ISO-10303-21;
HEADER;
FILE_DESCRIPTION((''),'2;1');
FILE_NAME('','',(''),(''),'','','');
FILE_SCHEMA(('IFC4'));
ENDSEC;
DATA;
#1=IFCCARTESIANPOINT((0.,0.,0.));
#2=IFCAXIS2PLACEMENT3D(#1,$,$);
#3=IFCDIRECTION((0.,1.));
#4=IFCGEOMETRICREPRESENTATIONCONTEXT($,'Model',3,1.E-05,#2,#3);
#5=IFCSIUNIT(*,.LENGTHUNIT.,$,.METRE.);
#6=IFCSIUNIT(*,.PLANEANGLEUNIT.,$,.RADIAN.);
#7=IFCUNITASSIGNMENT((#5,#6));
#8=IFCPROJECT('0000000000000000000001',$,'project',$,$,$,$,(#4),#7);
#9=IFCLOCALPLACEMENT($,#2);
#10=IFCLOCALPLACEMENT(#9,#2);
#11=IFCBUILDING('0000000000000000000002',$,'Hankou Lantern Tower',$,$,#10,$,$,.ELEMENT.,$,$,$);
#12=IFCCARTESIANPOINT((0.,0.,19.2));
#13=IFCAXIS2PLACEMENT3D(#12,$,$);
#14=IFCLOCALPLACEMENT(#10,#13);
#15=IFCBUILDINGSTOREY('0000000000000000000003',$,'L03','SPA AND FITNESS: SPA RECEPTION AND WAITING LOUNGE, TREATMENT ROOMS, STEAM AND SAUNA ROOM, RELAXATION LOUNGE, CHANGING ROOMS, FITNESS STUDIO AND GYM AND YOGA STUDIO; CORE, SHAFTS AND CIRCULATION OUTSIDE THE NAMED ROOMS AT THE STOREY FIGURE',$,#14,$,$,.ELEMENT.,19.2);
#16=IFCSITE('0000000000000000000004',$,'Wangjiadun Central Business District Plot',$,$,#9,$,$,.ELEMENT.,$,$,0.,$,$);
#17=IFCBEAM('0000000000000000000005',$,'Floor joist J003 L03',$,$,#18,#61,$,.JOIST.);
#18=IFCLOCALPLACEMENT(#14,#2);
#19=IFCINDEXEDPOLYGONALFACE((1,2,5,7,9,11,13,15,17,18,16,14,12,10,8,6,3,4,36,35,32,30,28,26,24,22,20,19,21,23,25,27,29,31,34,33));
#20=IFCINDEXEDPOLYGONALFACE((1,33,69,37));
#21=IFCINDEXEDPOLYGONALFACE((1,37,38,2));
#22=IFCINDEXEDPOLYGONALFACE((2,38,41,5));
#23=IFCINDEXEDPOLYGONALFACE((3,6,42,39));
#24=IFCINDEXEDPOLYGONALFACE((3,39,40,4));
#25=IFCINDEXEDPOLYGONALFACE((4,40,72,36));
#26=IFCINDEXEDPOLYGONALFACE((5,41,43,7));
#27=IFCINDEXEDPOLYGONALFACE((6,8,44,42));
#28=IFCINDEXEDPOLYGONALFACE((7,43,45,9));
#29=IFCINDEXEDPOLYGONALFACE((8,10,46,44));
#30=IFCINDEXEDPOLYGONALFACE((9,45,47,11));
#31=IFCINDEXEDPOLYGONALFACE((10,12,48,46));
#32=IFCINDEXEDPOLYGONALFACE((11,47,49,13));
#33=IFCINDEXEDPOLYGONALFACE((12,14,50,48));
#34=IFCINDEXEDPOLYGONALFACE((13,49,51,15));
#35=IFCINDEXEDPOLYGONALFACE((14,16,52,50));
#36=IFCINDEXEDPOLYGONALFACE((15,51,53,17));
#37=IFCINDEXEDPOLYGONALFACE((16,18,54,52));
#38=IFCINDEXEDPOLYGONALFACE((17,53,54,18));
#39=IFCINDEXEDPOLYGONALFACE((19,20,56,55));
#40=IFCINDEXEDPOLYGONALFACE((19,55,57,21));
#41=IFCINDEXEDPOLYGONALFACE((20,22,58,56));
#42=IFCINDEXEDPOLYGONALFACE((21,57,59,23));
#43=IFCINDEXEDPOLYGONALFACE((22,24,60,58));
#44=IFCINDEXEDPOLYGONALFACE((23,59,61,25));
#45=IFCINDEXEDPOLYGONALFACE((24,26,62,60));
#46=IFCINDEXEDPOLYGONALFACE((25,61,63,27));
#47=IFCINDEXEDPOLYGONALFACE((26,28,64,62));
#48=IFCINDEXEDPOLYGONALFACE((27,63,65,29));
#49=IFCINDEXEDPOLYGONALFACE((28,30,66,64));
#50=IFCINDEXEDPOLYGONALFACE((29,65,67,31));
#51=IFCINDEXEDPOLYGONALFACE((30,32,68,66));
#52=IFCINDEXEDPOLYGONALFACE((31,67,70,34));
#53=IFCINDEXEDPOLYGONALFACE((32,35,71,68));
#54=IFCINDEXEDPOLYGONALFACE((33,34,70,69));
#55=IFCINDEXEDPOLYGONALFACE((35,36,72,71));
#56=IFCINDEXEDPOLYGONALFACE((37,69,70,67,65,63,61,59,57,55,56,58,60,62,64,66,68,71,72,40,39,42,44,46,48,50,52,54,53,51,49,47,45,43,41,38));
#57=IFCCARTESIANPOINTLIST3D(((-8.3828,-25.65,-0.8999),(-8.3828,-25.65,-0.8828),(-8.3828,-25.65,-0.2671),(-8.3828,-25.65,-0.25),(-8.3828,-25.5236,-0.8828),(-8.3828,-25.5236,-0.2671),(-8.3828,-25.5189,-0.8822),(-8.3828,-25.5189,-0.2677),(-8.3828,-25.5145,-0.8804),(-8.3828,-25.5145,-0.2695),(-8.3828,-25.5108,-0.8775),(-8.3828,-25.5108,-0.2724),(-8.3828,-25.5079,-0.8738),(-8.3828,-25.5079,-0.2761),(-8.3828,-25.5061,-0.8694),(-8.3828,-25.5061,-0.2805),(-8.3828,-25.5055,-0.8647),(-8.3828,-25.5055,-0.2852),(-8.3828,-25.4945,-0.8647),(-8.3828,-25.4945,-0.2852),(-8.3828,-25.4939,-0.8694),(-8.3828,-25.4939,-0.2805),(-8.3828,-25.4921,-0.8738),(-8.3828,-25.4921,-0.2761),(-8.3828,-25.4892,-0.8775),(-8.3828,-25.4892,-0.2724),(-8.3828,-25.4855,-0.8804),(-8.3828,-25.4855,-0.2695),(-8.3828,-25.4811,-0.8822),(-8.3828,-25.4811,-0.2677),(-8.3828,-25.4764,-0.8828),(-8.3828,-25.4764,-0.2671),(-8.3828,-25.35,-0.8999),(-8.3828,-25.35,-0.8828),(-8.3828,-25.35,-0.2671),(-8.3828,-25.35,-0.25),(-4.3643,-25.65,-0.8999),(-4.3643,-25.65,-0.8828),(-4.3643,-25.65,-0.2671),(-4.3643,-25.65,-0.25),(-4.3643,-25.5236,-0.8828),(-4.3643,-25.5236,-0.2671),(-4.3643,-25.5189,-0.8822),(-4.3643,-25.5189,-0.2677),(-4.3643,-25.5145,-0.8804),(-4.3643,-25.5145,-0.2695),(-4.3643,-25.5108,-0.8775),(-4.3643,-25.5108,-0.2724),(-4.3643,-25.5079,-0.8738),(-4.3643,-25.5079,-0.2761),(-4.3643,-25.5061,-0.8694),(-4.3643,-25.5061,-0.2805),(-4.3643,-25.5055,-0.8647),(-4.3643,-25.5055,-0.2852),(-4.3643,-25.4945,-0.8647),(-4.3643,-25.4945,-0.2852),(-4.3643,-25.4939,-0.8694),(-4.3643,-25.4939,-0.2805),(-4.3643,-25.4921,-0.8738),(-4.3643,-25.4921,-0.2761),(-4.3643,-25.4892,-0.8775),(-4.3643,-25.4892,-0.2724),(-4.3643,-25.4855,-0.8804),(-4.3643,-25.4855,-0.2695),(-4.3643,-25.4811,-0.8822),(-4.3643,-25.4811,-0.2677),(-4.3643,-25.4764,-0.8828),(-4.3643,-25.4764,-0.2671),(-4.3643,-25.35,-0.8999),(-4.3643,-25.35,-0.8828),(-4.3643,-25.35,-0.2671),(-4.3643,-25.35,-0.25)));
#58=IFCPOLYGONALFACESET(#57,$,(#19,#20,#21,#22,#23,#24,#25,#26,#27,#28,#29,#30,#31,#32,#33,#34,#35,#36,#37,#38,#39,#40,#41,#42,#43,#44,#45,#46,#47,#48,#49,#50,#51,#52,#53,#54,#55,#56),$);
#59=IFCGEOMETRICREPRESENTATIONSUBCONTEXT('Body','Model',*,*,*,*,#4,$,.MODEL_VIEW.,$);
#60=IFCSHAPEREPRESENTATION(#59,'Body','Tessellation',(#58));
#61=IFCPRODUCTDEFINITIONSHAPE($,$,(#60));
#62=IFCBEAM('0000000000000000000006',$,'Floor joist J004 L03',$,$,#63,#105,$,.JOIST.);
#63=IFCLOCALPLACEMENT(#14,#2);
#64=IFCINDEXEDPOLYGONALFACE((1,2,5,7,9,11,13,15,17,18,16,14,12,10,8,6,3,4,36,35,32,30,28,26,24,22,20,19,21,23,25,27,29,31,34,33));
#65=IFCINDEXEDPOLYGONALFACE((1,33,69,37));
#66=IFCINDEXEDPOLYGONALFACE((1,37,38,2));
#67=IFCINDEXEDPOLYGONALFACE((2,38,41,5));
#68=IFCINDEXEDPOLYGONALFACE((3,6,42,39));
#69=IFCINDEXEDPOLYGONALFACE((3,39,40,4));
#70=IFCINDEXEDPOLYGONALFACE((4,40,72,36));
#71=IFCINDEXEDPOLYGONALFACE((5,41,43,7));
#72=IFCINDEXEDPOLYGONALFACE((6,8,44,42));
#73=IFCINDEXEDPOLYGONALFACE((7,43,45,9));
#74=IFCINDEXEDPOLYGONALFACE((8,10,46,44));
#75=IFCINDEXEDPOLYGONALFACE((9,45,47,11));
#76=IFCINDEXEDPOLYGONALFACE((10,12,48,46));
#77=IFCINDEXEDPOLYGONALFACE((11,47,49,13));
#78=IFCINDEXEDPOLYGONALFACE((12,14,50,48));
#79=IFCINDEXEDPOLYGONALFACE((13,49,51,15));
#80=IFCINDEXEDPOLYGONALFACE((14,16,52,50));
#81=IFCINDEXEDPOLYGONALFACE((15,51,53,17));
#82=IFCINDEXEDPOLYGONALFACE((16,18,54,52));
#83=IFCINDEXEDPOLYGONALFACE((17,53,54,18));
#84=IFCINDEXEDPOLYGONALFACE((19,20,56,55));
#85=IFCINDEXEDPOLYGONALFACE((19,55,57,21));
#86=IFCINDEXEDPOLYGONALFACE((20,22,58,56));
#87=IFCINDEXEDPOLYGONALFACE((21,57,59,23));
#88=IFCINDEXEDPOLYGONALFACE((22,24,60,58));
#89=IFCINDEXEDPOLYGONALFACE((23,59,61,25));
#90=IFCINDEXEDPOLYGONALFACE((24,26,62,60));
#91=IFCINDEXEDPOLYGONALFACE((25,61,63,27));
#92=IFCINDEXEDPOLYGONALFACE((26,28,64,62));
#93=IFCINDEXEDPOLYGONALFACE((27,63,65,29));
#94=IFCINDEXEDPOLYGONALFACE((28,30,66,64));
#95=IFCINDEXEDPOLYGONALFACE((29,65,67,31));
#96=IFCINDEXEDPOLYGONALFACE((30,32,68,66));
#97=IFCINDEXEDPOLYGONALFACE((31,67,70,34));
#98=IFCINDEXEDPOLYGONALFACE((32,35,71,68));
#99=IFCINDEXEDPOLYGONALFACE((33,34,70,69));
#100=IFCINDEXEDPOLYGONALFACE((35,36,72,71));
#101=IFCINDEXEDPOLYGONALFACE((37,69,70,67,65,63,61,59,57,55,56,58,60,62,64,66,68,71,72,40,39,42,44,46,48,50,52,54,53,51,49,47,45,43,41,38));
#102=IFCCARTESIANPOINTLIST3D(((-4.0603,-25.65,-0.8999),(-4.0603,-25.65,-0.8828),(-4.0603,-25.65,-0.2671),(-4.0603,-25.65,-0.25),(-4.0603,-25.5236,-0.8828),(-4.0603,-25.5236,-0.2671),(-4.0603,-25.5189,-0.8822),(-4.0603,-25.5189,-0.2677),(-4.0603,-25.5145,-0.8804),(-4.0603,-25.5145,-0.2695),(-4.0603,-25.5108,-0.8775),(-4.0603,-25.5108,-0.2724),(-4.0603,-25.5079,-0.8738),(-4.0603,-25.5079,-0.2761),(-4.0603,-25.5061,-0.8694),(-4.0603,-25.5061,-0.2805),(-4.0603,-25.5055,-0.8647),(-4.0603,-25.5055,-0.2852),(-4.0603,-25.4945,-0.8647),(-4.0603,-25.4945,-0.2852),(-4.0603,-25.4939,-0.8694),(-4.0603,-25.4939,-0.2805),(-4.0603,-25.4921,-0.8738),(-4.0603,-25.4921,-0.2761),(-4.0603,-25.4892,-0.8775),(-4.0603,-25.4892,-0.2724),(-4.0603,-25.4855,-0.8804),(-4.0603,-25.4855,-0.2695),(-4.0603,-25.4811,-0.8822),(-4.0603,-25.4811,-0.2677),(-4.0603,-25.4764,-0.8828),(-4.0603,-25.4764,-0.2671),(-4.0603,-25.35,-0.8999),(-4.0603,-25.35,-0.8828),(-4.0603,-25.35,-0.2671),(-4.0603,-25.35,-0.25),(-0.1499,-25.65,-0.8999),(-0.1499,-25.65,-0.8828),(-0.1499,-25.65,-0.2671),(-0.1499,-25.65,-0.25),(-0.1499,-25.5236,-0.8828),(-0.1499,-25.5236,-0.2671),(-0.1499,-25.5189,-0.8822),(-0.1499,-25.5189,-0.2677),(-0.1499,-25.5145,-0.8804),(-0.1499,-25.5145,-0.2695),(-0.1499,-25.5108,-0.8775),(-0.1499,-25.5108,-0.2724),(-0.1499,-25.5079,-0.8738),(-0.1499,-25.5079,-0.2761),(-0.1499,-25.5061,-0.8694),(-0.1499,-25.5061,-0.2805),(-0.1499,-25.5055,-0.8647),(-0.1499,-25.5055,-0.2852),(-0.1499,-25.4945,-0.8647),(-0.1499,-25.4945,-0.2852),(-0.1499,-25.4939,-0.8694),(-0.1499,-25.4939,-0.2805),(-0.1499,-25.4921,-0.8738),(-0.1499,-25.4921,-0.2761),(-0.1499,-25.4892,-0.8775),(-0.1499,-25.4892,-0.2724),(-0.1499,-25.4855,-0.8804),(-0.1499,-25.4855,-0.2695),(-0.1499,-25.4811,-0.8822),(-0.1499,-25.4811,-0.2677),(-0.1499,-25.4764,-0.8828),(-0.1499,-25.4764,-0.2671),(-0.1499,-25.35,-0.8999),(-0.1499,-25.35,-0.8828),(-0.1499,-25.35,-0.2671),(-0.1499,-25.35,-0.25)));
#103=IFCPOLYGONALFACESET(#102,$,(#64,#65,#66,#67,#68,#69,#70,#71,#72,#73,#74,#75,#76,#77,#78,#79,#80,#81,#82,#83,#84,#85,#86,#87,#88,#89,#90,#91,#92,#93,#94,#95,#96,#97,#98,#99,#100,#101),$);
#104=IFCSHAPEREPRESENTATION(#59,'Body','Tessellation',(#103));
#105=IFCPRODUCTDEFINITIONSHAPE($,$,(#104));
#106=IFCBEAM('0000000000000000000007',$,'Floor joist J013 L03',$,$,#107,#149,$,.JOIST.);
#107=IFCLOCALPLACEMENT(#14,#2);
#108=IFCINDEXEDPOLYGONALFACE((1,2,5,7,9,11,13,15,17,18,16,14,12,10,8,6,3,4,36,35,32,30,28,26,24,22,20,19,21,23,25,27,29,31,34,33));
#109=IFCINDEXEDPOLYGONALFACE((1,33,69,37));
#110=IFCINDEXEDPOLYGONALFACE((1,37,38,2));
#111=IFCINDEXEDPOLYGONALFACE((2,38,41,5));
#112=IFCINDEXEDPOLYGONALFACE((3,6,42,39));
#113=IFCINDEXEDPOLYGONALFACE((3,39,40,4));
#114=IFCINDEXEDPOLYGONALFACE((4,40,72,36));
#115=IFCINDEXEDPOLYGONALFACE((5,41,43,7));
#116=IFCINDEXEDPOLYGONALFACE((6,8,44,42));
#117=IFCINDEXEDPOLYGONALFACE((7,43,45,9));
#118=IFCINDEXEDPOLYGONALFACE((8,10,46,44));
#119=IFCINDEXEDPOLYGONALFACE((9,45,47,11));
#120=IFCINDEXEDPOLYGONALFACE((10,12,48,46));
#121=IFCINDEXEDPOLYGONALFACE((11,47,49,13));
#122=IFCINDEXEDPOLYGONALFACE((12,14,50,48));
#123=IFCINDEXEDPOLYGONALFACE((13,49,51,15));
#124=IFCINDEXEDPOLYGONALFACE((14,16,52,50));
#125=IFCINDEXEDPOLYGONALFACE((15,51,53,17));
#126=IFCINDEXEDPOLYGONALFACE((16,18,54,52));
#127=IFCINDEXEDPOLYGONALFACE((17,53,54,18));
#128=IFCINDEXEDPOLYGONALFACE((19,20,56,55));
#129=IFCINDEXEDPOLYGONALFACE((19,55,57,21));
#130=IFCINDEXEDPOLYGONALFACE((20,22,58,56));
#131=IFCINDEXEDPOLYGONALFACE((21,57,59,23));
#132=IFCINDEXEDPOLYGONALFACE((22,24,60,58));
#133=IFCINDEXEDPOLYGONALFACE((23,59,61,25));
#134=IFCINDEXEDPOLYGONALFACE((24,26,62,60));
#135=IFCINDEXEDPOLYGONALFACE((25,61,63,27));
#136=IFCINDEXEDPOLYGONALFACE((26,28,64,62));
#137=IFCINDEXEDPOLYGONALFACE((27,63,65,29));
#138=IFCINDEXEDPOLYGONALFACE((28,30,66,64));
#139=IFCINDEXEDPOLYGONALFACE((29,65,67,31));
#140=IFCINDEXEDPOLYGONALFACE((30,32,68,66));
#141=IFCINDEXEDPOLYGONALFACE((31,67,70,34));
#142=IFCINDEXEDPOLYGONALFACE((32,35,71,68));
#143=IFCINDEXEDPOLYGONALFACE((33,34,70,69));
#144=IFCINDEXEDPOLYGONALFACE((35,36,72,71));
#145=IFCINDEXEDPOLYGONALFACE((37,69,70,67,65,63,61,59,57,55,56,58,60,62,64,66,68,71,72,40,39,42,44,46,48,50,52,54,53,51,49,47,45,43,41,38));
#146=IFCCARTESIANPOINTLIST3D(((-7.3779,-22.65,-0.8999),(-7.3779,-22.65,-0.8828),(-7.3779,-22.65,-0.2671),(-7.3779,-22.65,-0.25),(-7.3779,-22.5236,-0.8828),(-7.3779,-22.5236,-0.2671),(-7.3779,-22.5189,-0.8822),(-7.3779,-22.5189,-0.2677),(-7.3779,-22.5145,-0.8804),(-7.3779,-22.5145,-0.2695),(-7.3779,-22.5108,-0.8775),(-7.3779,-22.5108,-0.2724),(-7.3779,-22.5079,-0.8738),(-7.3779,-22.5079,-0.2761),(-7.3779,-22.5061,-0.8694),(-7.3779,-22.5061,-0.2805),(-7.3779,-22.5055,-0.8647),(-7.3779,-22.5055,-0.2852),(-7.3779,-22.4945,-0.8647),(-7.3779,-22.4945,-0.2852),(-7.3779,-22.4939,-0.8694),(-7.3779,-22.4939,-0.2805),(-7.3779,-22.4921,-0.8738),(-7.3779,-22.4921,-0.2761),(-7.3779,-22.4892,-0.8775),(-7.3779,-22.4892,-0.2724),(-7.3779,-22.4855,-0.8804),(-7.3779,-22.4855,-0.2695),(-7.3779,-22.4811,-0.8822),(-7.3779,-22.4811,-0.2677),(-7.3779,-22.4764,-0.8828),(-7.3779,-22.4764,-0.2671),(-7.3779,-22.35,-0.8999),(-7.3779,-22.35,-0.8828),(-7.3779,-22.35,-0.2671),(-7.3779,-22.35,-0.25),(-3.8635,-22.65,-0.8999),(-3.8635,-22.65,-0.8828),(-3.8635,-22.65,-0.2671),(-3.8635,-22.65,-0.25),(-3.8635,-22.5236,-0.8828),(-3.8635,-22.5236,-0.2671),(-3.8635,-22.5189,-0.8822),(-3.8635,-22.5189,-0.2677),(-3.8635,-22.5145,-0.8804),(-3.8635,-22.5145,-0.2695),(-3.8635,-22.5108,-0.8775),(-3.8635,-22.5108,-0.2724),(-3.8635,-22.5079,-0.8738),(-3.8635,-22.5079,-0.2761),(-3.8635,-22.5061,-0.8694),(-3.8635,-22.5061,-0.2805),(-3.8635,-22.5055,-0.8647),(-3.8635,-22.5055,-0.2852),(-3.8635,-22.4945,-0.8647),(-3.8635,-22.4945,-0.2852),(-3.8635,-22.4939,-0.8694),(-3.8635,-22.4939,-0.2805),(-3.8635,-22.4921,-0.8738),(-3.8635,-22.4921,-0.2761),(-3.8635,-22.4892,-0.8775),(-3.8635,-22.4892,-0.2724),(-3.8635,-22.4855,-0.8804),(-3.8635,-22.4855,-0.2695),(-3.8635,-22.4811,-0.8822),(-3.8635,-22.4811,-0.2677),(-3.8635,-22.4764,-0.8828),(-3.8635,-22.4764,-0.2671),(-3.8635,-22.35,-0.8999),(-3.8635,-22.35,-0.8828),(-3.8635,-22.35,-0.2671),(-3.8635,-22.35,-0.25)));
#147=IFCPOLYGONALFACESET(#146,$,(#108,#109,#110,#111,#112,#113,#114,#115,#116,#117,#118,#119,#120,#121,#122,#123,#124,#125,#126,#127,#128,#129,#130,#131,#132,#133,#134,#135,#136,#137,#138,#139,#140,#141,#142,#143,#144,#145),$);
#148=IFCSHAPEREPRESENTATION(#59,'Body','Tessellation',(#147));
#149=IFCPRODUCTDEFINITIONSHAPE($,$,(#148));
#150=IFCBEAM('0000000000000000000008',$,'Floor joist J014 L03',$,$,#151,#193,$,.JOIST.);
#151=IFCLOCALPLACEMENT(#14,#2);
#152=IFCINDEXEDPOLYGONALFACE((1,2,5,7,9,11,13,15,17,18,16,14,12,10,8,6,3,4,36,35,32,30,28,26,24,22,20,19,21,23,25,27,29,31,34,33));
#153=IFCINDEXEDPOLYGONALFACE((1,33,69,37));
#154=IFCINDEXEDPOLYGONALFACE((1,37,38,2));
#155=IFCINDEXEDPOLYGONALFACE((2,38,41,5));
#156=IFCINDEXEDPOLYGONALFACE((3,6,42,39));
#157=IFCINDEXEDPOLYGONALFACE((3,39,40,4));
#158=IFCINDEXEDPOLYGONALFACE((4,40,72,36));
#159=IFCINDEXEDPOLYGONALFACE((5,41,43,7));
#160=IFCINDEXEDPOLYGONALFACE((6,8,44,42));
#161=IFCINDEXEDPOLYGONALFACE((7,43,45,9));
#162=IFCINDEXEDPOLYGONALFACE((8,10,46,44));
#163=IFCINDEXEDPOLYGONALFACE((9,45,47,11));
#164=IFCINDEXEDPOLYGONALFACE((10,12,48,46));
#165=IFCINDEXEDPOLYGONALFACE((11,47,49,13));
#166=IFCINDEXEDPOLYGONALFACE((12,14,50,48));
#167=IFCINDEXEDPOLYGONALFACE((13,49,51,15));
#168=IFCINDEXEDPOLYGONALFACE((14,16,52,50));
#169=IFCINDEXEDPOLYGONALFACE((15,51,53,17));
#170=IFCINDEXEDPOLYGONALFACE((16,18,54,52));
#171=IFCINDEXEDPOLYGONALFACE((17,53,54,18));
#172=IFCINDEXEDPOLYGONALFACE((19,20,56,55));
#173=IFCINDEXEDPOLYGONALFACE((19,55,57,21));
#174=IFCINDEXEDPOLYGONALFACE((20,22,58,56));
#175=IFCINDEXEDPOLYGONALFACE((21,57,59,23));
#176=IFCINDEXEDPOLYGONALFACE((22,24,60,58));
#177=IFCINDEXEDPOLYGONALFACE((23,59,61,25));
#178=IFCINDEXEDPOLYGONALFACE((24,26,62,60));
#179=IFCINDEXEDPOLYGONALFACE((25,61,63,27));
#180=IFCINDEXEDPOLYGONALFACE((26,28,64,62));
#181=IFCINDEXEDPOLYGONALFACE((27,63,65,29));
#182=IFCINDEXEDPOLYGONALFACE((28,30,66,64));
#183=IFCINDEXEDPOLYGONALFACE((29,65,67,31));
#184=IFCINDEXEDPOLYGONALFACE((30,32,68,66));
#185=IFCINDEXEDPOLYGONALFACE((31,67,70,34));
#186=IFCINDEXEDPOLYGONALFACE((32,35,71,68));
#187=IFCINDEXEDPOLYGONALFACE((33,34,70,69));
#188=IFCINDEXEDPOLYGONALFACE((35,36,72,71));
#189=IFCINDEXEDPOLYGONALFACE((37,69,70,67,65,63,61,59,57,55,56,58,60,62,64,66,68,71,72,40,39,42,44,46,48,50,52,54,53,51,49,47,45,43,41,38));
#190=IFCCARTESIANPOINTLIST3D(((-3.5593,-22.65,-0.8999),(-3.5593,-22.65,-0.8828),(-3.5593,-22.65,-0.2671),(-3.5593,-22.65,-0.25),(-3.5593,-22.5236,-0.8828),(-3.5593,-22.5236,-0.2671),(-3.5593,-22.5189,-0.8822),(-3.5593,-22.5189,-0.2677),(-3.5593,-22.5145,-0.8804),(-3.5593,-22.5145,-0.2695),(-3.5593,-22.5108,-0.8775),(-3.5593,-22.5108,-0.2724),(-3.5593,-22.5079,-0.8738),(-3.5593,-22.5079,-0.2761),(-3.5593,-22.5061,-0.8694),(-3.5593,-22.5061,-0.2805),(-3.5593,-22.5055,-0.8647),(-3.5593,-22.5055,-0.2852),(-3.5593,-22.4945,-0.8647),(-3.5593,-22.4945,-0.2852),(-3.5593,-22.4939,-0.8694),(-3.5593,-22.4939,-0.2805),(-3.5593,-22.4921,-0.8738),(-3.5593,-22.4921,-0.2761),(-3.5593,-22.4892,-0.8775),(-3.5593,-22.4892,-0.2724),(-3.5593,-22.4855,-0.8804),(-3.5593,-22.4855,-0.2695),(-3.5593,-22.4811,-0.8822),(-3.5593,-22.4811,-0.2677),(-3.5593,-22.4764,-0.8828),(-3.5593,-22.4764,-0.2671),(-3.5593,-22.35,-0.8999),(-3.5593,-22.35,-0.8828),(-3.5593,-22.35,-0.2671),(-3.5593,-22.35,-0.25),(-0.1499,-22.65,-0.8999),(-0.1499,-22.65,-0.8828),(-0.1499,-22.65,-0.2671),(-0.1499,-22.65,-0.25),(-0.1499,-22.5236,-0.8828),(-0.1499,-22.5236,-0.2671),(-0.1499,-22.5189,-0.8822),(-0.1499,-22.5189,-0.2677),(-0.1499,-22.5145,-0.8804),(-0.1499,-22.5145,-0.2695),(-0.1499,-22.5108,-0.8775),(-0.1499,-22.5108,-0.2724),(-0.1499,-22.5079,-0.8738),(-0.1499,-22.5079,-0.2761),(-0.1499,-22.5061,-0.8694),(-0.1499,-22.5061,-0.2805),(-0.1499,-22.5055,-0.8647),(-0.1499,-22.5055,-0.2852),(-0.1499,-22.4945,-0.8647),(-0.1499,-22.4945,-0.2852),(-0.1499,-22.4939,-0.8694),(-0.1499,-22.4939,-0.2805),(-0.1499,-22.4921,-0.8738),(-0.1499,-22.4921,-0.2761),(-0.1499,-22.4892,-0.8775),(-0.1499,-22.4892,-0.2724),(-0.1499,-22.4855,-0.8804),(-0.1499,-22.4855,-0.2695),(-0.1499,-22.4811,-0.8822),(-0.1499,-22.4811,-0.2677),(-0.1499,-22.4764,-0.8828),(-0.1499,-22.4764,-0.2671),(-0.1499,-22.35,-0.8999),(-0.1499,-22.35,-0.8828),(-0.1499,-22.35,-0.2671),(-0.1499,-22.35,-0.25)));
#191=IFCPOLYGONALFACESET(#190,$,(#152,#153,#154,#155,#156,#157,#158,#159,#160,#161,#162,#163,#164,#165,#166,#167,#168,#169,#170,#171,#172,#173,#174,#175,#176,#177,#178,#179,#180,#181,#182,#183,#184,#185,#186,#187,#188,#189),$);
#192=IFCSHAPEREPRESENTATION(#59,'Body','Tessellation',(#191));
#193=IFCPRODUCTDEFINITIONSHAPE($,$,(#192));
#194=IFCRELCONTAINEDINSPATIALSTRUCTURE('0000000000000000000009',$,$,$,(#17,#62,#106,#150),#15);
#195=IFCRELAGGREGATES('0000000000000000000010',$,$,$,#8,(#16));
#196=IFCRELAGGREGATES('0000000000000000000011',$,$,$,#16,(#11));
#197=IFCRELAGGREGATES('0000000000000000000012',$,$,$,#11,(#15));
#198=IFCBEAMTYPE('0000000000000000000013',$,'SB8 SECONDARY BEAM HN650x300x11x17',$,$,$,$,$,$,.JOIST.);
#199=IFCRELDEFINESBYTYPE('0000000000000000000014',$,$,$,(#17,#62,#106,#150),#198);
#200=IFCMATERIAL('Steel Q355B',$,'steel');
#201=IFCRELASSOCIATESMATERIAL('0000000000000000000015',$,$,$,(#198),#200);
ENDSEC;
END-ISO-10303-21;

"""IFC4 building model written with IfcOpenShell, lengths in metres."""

from ifc_helpers import new_model, si_unit, direction, frame, origin, origin_2d, place, context, subcontext, project, spatial, i_section, extrude, material, material_profile, profile_set, type_object, element, save


model = new_model("IFC4")

# Units and contexts
model_context = context("Model", 3, precision=1e-05, world=origin(), true_north=direction((0.0, 1.0)))
body_context = subcontext(model_context, "Body", "Model", "MODEL_VIEW")
ifc_project = project(units=[si_unit("LENGTHUNIT", "METRE"), si_unit("PLANEANGLEUNIT", "RADIAN")], contexts=[model_context])

# Site, building, storey
site_placement = place(None, origin())
site = spatial("IfcSite", under=ifc_project, at=site_placement, Name="Wangjiadun Central Business District Plot", CompositionType="ELEMENT", RefElevation=0.0)
building_placement = place(site_placement, origin())
building = spatial("IfcBuilding", under=site, at=building_placement, Name="Hankou Lantern Tower", CompositionType="ELEMENT")
storey_placement = place(building_placement, frame((0.0, 0.0, 19.2)))
storey = spatial("IfcBuildingStorey", under=building, at=storey_placement, Name="L03", Description="SPA AND FITNESS: SPA RECEPTION AND WAITING LOUNGE, TREATMENT ROOMS, STEAM AND SAUNA ROOM, RELAXATION LOUNGE, CHANGING ROOMS, FITNESS STUDIO AND GYM AND YOGA STUDIO; CORE, SHAFTS AND CIRCULATION OUTSIDE THE NAMED ROOMS AT THE STOREY FIGURE", CompositionType="ELEMENT", Elevation=19.2)

# Beams
ifc_material_1 = material(Name="Steel Q355B", Category="steel")
ifc_material_profile_1 = material_profile(ifc_material_1, i_section(OverallWidth=0.3, OverallDepth=0.6499, WebThickness=0.011, FlangeThickness=0.0171, FilletRadius=0.0181, at=origin_2d()), Name="HN650x300x11x17")
ifc_profile_set_1 = profile_set([ifc_material_profile_1], Name="Steel Q355B")
beam_type_1 = type_object("IfcBeamType", Name="SB8 SECONDARY BEAM HN650x300x11x17", PredefinedType="JOIST", material=ifc_profile_set_1)
beam_1_placement = place(storey_placement, frame((-8.3828, -25.5, -0.575), z_axis=(1.0, 0.0, 0.0), x_axis=(0.0, 1.0, 0.0)))
element("IfcBeam", 1, at=beam_1_placement, inside=storey, type_object=beam_type_1, Name="Floor joist J003 L03", PredefinedType="JOIST", context=body_context, shape_type="SweptSolid", body=[
    extrude(i_section(OverallWidth=0.3, OverallDepth=0.6499, WebThickness=0.011, FlangeThickness=0.0171, FilletRadius=0.0181, at=origin_2d()), origin(), (0.0, 0.0, 1.0), 4.0186),
])
beam_2_placement = place(storey_placement, frame((-4.0603, -25.5, -0.575), z_axis=(1.0, 0.0, 0.0), x_axis=(0.0, 1.0, 0.0)))
element("IfcBeam", 2, at=beam_2_placement, inside=storey, type_object=beam_type_1, Name="Floor joist J004 L03", PredefinedType="JOIST", context=body_context, shape_type="SweptSolid", body=[
    extrude(i_section(OverallWidth=0.3, OverallDepth=0.6499, WebThickness=0.011, FlangeThickness=0.0171, FilletRadius=0.0181, at=origin_2d()), origin(), (0.0, 0.0, 1.0), 3.9104),
])
beam_3_placement = place(storey_placement, frame((-7.3779, -22.5, -0.575), z_axis=(1.0, 0.0, 0.0), x_axis=(0.0, 1.0, 0.0)))
element("IfcBeam", 3, at=beam_3_placement, inside=storey, type_object=beam_type_1, Name="Floor joist J013 L03", PredefinedType="JOIST", context=body_context, shape_type="SweptSolid", body=[
    extrude(i_section(OverallWidth=0.3, OverallDepth=0.6499, WebThickness=0.011, FlangeThickness=0.0171, FilletRadius=0.0181, at=origin_2d()), origin(), (0.0, 0.0, 1.0), 3.5144),
])
beam_4_placement = place(storey_placement, frame((-3.5593, -22.5, -0.575), z_axis=(1.0, 0.0, 0.0), x_axis=(0.0, 1.0, 0.0)))
element("IfcBeam", 4, at=beam_4_placement, inside=storey, type_object=beam_type_1, Name="Floor joist J014 L03", PredefinedType="JOIST", context=body_context, shape_type="SweptSolid", body=[
    extrude(i_section(OverallWidth=0.3, OverallDepth=0.6499, WebThickness=0.011, FlangeThickness=0.0171, FilletRadius=0.0181, at=origin_2d()), origin(), (0.0, 0.0, 1.0), 3.4094),
])

save(model, "model.ifc")
